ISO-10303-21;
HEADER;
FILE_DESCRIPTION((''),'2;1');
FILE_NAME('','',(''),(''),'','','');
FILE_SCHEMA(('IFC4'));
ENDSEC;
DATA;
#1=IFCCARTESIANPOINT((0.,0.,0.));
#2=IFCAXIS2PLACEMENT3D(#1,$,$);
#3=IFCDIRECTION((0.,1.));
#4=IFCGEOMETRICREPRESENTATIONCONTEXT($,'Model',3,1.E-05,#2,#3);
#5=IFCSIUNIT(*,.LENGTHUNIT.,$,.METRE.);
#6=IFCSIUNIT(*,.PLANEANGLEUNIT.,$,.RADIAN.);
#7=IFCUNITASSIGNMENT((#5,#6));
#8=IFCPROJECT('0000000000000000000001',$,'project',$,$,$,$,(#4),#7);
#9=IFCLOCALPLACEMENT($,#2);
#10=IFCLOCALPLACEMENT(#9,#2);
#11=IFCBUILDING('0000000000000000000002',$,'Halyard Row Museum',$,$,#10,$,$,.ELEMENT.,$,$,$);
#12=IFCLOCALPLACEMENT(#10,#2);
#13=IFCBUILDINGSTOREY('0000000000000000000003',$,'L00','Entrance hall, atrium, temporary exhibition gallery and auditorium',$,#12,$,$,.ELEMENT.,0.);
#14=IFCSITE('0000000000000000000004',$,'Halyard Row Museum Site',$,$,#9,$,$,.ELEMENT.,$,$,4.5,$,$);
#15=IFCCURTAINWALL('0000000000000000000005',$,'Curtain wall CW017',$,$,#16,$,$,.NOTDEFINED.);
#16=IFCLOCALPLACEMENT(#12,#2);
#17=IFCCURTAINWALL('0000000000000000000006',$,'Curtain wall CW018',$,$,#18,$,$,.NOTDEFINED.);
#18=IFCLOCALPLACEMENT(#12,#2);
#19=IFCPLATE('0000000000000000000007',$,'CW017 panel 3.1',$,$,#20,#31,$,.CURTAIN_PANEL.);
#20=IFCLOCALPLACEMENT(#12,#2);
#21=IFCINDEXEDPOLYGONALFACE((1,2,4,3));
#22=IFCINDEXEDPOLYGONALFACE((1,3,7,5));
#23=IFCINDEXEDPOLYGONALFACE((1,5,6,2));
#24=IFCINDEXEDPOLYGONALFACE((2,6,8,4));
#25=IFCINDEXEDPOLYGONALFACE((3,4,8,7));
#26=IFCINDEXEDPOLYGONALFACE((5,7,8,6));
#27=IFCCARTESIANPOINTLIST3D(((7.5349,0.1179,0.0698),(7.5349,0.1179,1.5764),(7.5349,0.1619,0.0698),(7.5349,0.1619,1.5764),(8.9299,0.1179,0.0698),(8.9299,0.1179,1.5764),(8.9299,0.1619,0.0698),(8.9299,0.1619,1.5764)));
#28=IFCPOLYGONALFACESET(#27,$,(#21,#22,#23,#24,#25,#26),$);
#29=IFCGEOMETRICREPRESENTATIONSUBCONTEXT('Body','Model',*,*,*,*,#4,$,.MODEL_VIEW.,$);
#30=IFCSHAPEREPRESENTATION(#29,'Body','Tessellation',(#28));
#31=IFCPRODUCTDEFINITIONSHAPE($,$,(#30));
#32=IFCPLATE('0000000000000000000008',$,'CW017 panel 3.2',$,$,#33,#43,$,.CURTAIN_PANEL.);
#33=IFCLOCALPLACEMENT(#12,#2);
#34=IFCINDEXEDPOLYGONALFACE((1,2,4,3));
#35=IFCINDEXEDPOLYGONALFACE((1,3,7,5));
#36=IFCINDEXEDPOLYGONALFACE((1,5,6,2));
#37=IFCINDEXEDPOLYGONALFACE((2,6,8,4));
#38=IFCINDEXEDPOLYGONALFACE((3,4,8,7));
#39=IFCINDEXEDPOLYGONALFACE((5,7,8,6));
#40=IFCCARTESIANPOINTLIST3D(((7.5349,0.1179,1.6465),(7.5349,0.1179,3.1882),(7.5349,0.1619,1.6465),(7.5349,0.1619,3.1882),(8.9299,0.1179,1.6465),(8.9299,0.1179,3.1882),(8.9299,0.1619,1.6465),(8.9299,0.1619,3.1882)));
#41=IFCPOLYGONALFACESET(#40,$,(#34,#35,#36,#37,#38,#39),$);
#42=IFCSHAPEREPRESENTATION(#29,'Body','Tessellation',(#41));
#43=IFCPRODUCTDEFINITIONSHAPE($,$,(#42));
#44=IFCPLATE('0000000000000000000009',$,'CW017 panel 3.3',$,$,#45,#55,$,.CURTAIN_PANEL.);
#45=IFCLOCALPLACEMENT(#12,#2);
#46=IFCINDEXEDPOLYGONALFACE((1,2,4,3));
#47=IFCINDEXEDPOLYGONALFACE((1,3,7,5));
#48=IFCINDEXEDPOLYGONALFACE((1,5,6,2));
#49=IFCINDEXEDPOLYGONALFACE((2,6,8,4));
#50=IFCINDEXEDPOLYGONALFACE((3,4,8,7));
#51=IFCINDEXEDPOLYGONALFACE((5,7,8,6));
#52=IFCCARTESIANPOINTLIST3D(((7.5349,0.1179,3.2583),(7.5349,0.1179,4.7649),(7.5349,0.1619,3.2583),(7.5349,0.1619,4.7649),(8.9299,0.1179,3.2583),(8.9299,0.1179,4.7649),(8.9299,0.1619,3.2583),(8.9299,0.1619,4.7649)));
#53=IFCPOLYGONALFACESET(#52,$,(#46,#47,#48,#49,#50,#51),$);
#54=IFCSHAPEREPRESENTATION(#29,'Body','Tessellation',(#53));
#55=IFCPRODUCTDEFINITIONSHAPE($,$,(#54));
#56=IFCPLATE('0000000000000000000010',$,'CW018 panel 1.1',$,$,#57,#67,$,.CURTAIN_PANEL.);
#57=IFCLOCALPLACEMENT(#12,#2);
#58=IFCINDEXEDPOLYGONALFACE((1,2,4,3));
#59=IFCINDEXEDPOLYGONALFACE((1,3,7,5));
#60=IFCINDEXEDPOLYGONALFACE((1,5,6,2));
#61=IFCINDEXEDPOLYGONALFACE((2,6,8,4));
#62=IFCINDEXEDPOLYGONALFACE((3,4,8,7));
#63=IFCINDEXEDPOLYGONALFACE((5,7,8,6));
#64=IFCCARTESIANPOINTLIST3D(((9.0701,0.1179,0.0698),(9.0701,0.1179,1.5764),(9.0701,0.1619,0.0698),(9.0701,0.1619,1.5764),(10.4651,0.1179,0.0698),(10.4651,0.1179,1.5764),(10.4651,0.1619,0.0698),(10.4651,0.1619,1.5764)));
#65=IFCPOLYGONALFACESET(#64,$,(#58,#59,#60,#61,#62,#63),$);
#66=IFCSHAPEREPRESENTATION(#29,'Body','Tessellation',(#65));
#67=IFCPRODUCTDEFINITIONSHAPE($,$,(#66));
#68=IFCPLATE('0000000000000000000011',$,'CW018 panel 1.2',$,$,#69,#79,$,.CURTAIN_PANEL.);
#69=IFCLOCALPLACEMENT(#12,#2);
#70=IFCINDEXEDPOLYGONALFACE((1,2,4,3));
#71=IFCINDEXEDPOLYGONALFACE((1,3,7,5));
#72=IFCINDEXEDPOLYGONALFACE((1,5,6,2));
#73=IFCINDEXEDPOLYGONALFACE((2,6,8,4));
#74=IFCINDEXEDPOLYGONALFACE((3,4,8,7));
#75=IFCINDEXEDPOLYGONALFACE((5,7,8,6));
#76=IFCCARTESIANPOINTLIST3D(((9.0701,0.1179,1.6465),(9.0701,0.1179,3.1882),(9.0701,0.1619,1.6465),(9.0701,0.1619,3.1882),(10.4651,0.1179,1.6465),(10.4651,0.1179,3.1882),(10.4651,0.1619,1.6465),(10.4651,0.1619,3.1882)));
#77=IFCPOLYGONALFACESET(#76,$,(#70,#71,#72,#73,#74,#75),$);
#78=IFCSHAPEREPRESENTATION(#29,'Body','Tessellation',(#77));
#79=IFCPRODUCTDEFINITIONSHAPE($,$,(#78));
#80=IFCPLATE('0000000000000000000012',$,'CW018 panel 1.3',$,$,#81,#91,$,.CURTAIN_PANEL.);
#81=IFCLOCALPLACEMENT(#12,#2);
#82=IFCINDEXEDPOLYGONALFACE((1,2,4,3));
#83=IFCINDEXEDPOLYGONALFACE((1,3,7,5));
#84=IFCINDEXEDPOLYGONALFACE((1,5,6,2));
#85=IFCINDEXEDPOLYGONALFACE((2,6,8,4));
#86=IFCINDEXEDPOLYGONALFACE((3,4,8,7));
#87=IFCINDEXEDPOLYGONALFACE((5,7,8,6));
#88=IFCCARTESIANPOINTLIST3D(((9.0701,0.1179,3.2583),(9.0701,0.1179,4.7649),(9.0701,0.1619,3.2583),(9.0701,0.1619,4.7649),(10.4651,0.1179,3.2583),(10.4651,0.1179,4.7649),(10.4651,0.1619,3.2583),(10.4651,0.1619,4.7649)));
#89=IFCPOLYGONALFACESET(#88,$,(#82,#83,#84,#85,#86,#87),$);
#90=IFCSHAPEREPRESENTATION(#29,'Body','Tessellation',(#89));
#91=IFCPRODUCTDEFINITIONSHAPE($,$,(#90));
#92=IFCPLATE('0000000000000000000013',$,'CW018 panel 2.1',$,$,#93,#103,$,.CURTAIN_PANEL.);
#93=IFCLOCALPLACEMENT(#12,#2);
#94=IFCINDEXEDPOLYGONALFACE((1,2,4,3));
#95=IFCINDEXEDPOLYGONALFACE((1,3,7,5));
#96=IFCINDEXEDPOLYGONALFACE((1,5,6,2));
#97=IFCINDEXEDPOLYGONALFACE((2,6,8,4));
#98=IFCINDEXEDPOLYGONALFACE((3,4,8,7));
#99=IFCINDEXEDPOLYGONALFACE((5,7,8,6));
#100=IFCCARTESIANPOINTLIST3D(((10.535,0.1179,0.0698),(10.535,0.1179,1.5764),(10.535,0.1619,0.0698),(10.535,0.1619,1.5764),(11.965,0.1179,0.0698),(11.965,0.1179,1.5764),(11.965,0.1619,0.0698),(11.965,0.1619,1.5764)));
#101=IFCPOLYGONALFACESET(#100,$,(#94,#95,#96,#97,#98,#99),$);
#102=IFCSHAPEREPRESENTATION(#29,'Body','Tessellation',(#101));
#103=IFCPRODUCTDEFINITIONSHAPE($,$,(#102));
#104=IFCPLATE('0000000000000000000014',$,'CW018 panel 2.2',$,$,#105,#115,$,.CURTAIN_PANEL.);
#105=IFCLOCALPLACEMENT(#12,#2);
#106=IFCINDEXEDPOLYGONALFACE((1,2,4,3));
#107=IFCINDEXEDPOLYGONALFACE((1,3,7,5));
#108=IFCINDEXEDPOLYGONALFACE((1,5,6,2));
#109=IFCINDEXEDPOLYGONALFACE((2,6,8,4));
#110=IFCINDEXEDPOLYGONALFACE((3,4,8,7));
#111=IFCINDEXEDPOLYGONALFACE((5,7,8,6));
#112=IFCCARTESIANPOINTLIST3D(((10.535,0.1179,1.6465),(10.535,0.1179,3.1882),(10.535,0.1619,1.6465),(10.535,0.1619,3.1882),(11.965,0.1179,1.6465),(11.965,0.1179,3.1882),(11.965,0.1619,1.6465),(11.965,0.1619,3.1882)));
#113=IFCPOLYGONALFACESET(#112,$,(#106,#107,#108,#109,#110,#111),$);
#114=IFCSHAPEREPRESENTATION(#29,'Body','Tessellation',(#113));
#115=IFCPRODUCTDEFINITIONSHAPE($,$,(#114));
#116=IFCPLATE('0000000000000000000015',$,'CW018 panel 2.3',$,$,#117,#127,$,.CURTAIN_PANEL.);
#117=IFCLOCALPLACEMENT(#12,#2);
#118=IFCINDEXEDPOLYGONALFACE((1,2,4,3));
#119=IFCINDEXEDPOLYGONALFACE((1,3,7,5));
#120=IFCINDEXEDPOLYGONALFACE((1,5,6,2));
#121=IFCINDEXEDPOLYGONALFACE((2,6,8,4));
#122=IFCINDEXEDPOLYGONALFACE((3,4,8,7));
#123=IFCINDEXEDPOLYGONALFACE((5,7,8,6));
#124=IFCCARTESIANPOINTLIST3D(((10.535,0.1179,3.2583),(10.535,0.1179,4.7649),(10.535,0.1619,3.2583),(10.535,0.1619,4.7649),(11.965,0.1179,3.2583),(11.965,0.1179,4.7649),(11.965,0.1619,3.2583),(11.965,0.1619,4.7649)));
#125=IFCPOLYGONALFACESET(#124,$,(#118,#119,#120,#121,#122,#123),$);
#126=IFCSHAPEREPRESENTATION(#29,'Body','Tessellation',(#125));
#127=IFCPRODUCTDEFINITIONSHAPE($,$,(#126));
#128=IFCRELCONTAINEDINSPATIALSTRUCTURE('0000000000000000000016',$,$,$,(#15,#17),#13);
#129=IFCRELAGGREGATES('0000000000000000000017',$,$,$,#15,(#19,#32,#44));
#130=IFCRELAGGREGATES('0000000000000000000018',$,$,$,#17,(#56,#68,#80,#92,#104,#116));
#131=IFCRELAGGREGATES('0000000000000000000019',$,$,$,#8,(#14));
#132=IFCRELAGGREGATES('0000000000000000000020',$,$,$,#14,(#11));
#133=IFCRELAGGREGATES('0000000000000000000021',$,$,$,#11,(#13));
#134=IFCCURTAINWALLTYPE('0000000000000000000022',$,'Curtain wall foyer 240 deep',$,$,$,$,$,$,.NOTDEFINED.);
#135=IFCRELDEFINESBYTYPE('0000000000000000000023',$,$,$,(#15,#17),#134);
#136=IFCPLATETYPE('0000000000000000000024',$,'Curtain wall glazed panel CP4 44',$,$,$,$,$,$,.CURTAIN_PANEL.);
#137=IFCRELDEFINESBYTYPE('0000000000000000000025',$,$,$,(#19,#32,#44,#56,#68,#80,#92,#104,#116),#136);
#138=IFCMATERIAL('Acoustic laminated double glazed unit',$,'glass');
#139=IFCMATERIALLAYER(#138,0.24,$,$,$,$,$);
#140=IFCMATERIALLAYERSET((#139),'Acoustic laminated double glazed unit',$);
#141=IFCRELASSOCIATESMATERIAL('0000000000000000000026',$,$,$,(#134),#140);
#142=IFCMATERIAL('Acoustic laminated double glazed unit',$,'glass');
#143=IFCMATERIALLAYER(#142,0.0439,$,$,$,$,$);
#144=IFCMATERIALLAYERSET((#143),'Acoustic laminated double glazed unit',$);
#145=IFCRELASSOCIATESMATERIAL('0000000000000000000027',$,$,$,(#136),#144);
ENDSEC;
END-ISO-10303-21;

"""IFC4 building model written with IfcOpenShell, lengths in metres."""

from ifc_helpers import new_model, si_unit, direction, frame, origin, origin_2d, place, context, subcontext, project, spatial, rectangle, extrude, material, layer, layer_set, type_object, element, aggregate, save


model = new_model("IFC4")

# Units and contexts
model_context = context("Model", 3, precision=1e-05, world=origin(), true_north=direction((0.0, 1.0)))
body_context = subcontext(model_context, "Body", "Model", "MODEL_VIEW")
ifc_project = project(units=[si_unit("LENGTHUNIT", "METRE"), si_unit("PLANEANGLEUNIT", "RADIAN")], contexts=[model_context])

# Site, building, storey
site_placement = place(None, origin())
site = spatial("IfcSite", under=ifc_project, at=site_placement, Name="Halyard Row Museum Site", CompositionType="ELEMENT", RefElevation=4.5)
building_placement = place(site_placement, origin())
building = spatial("IfcBuilding", under=site, at=building_placement, Name="Halyard Row Museum", CompositionType="ELEMENT")
storey_placement = place(building_placement, origin())
storey = spatial("IfcBuildingStorey", under=building, at=storey_placement, Name="L00", Description="Entrance hall, atrium, temporary exhibition gallery and auditorium", CompositionType="ELEMENT", Elevation=0.0)

# Curtain wall
ifc_material_1 = material(Name="Acoustic laminated double glazed unit", Category="glass")
ifc_layer_1 = layer(ifc_material_1, 0.24)
ifc_layer_set_1 = layer_set([ifc_layer_1], Name="Acoustic laminated double glazed unit")
curtain_wall_type = type_object("IfcCurtainWallType", Name="Curtain wall foyer 240 deep", PredefinedType="NOTDEFINED", material=ifc_layer_set_1)
curtain_wall_1_placement = place(storey_placement, origin())
curtain_wall_1 = element("IfcCurtainWall", 1, at=curtain_wall_1_placement, inside=storey, type_object=curtain_wall_type, Name="Curtain wall CW017", PredefinedType="NOTDEFINED")

# Curtain wall
curtain_wall_2_placement = place(storey_placement, origin())
curtain_wall_2 = element("IfcCurtainWall", 2, at=curtain_wall_2_placement, inside=storey, type_object=curtain_wall_type, Name="Curtain wall CW018", PredefinedType="NOTDEFINED")

# Plates
ifc_material_2 = material(Name="Acoustic laminated double glazed unit", Category="glass")
ifc_layer_2 = layer(ifc_material_2, 0.0439)
ifc_layer_set_2 = layer_set([ifc_layer_2], Name="Acoustic laminated double glazed unit")
plate_type = type_object("IfcPlateType", Name="Curtain wall glazed panel CP4 44", PredefinedType="CURTAIN_PANEL", material=ifc_layer_set_2)
plate_1_placement = place(storey_placement, frame((8.2324, 0.1399, 0.0698), z_axis=(0.0, 0.0, 1.0), x_axis=(1.0, 0.0, 0.0)))
plate_1 = element("IfcPlate", 3, at=plate_1_placement, type_object=plate_type, Name="CW017 panel 3.1", PredefinedType="CURTAIN_PANEL", context=body_context, shape_type="SweptSolid", body=[
    extrude(rectangle(XDim=1.395, YDim=0.0439, at=origin_2d()), origin(), (0.0, 0.0, 1.0), 1.5066),
])
plate_2_placement = place(storey_placement, frame((8.2324, 0.1399, 1.6465), z_axis=(0.0, 0.0, 1.0), x_axis=(1.0, 0.0, 0.0)))
plate_2 = element("IfcPlate", 4, at=plate_2_placement, type_object=plate_type, Name="CW017 panel 3.2", PredefinedType="CURTAIN_PANEL", context=body_context, shape_type="SweptSolid", body=[
    extrude(rectangle(XDim=1.395, YDim=0.0439, at=origin_2d()), origin(), (0.0, 0.0, 1.0), 1.5417),
])
plate_3_placement = place(storey_placement, frame((8.2324, 0.1399, 3.2583), z_axis=(0.0, 0.0, 1.0), x_axis=(1.0, 0.0, 0.0)))
plate_3 = element("IfcPlate", 5, at=plate_3_placement, type_object=plate_type, Name="CW017 panel 3.3", PredefinedType="CURTAIN_PANEL", context=body_context, shape_type="SweptSolid", body=[
    extrude(rectangle(XDim=1.395, YDim=0.0439, at=origin_2d()), origin(), (0.0, 0.0, 1.0), 1.5066),
])
aggregate(curtain_wall_1, [plate_1, plate_2, plate_3])
plate_4_placement = place(storey_placement, frame((9.7676, 0.1399, 0.0698), z_axis=(0.0, 0.0, 1.0), x_axis=(1.0, 0.0, 0.0)))
plate_4 = element("IfcPlate", 6, at=plate_4_placement, type_object=plate_type, Name="CW018 panel 1.1", PredefinedType="CURTAIN_PANEL", context=body_context, shape_type="SweptSolid", body=[
    extrude(rectangle(XDim=1.395, YDim=0.0439, at=origin_2d()), origin(), (0.0, 0.0, 1.0), 1.5066),
])
plate_5_placement = place(storey_placement, frame((9.7676, 0.1399, 1.6465), z_axis=(0.0, 0.0, 1.0), x_axis=(1.0, 0.0, 0.0)))
plate_5 = element("IfcPlate", 7, at=plate_5_placement, type_object=plate_type, Name="CW018 panel 1.2", PredefinedType="CURTAIN_PANEL", context=body_context, shape_type="SweptSolid", body=[
    extrude(rectangle(XDim=1.395, YDim=0.0439, at=origin_2d()), origin(), (0.0, 0.0, 1.0), 1.5417),
])
plate_6_placement = place(storey_placement, frame((9.7676, 0.1399, 3.2583), z_axis=(0.0, 0.0, 1.0), x_axis=(1.0, 0.0, 0.0)))
plate_6 = element("IfcPlate", 8, at=plate_6_placement, type_object=plate_type, Name="CW018 panel 1.3", PredefinedType="CURTAIN_PANEL", context=body_context, shape_type="SweptSolid", body=[
    extrude(rectangle(XDim=1.395, YDim=0.0439, at=origin_2d()), origin(), (0.0, 0.0, 1.0), 1.5066),
])
plate_7_placement = place(storey_placement, frame((11.25, 0.1399, 0.0698), z_axis=(0.0, 0.0, 1.0), x_axis=(1.0, 0.0, 0.0)))
plate_7 = element("IfcPlate", 9, at=plate_7_placement, type_object=plate_type, Name="CW018 panel 2.1", PredefinedType="CURTAIN_PANEL", context=body_context, shape_type="SweptSolid", body=[
    extrude(rectangle(XDim=1.4299, YDim=0.0439, at=origin_2d()), origin(), (0.0, 0.0, 1.0), 1.5066),
])
plate_8_placement = place(storey_placement, frame((11.25, 0.1399, 1.6465), z_axis=(0.0, 0.0, 1.0), x_axis=(1.0, 0.0, 0.0)))
plate_8 = element("IfcPlate", 10, at=plate_8_placement, type_object=plate_type, Name="CW018 panel 2.2", PredefinedType="CURTAIN_PANEL", context=body_context, shape_type="SweptSolid", body=[
    extrude(rectangle(XDim=1.4299, YDim=0.0439, at=origin_2d()), origin(), (0.0, 0.0, 1.0), 1.5417),
])
plate_9_placement = place(storey_placement, frame((11.25, 0.1399, 3.2583), z_axis=(0.0, 0.0, 1.0), x_axis=(1.0, 0.0, 0.0)))
plate_9 = element("IfcPlate", 11, at=plate_9_placement, type_object=plate_type, Name="CW018 panel 2.3", PredefinedType="CURTAIN_PANEL", context=body_context, shape_type="SweptSolid", body=[
    extrude(rectangle(XDim=1.4299, YDim=0.0439, at=origin_2d()), origin(), (0.0, 0.0, 1.0), 1.5066),
])
aggregate(curtain_wall_2, [plate_4, plate_5, plate_6, plate_7, plate_8, plate_9])

save(model, "model.ifc")
